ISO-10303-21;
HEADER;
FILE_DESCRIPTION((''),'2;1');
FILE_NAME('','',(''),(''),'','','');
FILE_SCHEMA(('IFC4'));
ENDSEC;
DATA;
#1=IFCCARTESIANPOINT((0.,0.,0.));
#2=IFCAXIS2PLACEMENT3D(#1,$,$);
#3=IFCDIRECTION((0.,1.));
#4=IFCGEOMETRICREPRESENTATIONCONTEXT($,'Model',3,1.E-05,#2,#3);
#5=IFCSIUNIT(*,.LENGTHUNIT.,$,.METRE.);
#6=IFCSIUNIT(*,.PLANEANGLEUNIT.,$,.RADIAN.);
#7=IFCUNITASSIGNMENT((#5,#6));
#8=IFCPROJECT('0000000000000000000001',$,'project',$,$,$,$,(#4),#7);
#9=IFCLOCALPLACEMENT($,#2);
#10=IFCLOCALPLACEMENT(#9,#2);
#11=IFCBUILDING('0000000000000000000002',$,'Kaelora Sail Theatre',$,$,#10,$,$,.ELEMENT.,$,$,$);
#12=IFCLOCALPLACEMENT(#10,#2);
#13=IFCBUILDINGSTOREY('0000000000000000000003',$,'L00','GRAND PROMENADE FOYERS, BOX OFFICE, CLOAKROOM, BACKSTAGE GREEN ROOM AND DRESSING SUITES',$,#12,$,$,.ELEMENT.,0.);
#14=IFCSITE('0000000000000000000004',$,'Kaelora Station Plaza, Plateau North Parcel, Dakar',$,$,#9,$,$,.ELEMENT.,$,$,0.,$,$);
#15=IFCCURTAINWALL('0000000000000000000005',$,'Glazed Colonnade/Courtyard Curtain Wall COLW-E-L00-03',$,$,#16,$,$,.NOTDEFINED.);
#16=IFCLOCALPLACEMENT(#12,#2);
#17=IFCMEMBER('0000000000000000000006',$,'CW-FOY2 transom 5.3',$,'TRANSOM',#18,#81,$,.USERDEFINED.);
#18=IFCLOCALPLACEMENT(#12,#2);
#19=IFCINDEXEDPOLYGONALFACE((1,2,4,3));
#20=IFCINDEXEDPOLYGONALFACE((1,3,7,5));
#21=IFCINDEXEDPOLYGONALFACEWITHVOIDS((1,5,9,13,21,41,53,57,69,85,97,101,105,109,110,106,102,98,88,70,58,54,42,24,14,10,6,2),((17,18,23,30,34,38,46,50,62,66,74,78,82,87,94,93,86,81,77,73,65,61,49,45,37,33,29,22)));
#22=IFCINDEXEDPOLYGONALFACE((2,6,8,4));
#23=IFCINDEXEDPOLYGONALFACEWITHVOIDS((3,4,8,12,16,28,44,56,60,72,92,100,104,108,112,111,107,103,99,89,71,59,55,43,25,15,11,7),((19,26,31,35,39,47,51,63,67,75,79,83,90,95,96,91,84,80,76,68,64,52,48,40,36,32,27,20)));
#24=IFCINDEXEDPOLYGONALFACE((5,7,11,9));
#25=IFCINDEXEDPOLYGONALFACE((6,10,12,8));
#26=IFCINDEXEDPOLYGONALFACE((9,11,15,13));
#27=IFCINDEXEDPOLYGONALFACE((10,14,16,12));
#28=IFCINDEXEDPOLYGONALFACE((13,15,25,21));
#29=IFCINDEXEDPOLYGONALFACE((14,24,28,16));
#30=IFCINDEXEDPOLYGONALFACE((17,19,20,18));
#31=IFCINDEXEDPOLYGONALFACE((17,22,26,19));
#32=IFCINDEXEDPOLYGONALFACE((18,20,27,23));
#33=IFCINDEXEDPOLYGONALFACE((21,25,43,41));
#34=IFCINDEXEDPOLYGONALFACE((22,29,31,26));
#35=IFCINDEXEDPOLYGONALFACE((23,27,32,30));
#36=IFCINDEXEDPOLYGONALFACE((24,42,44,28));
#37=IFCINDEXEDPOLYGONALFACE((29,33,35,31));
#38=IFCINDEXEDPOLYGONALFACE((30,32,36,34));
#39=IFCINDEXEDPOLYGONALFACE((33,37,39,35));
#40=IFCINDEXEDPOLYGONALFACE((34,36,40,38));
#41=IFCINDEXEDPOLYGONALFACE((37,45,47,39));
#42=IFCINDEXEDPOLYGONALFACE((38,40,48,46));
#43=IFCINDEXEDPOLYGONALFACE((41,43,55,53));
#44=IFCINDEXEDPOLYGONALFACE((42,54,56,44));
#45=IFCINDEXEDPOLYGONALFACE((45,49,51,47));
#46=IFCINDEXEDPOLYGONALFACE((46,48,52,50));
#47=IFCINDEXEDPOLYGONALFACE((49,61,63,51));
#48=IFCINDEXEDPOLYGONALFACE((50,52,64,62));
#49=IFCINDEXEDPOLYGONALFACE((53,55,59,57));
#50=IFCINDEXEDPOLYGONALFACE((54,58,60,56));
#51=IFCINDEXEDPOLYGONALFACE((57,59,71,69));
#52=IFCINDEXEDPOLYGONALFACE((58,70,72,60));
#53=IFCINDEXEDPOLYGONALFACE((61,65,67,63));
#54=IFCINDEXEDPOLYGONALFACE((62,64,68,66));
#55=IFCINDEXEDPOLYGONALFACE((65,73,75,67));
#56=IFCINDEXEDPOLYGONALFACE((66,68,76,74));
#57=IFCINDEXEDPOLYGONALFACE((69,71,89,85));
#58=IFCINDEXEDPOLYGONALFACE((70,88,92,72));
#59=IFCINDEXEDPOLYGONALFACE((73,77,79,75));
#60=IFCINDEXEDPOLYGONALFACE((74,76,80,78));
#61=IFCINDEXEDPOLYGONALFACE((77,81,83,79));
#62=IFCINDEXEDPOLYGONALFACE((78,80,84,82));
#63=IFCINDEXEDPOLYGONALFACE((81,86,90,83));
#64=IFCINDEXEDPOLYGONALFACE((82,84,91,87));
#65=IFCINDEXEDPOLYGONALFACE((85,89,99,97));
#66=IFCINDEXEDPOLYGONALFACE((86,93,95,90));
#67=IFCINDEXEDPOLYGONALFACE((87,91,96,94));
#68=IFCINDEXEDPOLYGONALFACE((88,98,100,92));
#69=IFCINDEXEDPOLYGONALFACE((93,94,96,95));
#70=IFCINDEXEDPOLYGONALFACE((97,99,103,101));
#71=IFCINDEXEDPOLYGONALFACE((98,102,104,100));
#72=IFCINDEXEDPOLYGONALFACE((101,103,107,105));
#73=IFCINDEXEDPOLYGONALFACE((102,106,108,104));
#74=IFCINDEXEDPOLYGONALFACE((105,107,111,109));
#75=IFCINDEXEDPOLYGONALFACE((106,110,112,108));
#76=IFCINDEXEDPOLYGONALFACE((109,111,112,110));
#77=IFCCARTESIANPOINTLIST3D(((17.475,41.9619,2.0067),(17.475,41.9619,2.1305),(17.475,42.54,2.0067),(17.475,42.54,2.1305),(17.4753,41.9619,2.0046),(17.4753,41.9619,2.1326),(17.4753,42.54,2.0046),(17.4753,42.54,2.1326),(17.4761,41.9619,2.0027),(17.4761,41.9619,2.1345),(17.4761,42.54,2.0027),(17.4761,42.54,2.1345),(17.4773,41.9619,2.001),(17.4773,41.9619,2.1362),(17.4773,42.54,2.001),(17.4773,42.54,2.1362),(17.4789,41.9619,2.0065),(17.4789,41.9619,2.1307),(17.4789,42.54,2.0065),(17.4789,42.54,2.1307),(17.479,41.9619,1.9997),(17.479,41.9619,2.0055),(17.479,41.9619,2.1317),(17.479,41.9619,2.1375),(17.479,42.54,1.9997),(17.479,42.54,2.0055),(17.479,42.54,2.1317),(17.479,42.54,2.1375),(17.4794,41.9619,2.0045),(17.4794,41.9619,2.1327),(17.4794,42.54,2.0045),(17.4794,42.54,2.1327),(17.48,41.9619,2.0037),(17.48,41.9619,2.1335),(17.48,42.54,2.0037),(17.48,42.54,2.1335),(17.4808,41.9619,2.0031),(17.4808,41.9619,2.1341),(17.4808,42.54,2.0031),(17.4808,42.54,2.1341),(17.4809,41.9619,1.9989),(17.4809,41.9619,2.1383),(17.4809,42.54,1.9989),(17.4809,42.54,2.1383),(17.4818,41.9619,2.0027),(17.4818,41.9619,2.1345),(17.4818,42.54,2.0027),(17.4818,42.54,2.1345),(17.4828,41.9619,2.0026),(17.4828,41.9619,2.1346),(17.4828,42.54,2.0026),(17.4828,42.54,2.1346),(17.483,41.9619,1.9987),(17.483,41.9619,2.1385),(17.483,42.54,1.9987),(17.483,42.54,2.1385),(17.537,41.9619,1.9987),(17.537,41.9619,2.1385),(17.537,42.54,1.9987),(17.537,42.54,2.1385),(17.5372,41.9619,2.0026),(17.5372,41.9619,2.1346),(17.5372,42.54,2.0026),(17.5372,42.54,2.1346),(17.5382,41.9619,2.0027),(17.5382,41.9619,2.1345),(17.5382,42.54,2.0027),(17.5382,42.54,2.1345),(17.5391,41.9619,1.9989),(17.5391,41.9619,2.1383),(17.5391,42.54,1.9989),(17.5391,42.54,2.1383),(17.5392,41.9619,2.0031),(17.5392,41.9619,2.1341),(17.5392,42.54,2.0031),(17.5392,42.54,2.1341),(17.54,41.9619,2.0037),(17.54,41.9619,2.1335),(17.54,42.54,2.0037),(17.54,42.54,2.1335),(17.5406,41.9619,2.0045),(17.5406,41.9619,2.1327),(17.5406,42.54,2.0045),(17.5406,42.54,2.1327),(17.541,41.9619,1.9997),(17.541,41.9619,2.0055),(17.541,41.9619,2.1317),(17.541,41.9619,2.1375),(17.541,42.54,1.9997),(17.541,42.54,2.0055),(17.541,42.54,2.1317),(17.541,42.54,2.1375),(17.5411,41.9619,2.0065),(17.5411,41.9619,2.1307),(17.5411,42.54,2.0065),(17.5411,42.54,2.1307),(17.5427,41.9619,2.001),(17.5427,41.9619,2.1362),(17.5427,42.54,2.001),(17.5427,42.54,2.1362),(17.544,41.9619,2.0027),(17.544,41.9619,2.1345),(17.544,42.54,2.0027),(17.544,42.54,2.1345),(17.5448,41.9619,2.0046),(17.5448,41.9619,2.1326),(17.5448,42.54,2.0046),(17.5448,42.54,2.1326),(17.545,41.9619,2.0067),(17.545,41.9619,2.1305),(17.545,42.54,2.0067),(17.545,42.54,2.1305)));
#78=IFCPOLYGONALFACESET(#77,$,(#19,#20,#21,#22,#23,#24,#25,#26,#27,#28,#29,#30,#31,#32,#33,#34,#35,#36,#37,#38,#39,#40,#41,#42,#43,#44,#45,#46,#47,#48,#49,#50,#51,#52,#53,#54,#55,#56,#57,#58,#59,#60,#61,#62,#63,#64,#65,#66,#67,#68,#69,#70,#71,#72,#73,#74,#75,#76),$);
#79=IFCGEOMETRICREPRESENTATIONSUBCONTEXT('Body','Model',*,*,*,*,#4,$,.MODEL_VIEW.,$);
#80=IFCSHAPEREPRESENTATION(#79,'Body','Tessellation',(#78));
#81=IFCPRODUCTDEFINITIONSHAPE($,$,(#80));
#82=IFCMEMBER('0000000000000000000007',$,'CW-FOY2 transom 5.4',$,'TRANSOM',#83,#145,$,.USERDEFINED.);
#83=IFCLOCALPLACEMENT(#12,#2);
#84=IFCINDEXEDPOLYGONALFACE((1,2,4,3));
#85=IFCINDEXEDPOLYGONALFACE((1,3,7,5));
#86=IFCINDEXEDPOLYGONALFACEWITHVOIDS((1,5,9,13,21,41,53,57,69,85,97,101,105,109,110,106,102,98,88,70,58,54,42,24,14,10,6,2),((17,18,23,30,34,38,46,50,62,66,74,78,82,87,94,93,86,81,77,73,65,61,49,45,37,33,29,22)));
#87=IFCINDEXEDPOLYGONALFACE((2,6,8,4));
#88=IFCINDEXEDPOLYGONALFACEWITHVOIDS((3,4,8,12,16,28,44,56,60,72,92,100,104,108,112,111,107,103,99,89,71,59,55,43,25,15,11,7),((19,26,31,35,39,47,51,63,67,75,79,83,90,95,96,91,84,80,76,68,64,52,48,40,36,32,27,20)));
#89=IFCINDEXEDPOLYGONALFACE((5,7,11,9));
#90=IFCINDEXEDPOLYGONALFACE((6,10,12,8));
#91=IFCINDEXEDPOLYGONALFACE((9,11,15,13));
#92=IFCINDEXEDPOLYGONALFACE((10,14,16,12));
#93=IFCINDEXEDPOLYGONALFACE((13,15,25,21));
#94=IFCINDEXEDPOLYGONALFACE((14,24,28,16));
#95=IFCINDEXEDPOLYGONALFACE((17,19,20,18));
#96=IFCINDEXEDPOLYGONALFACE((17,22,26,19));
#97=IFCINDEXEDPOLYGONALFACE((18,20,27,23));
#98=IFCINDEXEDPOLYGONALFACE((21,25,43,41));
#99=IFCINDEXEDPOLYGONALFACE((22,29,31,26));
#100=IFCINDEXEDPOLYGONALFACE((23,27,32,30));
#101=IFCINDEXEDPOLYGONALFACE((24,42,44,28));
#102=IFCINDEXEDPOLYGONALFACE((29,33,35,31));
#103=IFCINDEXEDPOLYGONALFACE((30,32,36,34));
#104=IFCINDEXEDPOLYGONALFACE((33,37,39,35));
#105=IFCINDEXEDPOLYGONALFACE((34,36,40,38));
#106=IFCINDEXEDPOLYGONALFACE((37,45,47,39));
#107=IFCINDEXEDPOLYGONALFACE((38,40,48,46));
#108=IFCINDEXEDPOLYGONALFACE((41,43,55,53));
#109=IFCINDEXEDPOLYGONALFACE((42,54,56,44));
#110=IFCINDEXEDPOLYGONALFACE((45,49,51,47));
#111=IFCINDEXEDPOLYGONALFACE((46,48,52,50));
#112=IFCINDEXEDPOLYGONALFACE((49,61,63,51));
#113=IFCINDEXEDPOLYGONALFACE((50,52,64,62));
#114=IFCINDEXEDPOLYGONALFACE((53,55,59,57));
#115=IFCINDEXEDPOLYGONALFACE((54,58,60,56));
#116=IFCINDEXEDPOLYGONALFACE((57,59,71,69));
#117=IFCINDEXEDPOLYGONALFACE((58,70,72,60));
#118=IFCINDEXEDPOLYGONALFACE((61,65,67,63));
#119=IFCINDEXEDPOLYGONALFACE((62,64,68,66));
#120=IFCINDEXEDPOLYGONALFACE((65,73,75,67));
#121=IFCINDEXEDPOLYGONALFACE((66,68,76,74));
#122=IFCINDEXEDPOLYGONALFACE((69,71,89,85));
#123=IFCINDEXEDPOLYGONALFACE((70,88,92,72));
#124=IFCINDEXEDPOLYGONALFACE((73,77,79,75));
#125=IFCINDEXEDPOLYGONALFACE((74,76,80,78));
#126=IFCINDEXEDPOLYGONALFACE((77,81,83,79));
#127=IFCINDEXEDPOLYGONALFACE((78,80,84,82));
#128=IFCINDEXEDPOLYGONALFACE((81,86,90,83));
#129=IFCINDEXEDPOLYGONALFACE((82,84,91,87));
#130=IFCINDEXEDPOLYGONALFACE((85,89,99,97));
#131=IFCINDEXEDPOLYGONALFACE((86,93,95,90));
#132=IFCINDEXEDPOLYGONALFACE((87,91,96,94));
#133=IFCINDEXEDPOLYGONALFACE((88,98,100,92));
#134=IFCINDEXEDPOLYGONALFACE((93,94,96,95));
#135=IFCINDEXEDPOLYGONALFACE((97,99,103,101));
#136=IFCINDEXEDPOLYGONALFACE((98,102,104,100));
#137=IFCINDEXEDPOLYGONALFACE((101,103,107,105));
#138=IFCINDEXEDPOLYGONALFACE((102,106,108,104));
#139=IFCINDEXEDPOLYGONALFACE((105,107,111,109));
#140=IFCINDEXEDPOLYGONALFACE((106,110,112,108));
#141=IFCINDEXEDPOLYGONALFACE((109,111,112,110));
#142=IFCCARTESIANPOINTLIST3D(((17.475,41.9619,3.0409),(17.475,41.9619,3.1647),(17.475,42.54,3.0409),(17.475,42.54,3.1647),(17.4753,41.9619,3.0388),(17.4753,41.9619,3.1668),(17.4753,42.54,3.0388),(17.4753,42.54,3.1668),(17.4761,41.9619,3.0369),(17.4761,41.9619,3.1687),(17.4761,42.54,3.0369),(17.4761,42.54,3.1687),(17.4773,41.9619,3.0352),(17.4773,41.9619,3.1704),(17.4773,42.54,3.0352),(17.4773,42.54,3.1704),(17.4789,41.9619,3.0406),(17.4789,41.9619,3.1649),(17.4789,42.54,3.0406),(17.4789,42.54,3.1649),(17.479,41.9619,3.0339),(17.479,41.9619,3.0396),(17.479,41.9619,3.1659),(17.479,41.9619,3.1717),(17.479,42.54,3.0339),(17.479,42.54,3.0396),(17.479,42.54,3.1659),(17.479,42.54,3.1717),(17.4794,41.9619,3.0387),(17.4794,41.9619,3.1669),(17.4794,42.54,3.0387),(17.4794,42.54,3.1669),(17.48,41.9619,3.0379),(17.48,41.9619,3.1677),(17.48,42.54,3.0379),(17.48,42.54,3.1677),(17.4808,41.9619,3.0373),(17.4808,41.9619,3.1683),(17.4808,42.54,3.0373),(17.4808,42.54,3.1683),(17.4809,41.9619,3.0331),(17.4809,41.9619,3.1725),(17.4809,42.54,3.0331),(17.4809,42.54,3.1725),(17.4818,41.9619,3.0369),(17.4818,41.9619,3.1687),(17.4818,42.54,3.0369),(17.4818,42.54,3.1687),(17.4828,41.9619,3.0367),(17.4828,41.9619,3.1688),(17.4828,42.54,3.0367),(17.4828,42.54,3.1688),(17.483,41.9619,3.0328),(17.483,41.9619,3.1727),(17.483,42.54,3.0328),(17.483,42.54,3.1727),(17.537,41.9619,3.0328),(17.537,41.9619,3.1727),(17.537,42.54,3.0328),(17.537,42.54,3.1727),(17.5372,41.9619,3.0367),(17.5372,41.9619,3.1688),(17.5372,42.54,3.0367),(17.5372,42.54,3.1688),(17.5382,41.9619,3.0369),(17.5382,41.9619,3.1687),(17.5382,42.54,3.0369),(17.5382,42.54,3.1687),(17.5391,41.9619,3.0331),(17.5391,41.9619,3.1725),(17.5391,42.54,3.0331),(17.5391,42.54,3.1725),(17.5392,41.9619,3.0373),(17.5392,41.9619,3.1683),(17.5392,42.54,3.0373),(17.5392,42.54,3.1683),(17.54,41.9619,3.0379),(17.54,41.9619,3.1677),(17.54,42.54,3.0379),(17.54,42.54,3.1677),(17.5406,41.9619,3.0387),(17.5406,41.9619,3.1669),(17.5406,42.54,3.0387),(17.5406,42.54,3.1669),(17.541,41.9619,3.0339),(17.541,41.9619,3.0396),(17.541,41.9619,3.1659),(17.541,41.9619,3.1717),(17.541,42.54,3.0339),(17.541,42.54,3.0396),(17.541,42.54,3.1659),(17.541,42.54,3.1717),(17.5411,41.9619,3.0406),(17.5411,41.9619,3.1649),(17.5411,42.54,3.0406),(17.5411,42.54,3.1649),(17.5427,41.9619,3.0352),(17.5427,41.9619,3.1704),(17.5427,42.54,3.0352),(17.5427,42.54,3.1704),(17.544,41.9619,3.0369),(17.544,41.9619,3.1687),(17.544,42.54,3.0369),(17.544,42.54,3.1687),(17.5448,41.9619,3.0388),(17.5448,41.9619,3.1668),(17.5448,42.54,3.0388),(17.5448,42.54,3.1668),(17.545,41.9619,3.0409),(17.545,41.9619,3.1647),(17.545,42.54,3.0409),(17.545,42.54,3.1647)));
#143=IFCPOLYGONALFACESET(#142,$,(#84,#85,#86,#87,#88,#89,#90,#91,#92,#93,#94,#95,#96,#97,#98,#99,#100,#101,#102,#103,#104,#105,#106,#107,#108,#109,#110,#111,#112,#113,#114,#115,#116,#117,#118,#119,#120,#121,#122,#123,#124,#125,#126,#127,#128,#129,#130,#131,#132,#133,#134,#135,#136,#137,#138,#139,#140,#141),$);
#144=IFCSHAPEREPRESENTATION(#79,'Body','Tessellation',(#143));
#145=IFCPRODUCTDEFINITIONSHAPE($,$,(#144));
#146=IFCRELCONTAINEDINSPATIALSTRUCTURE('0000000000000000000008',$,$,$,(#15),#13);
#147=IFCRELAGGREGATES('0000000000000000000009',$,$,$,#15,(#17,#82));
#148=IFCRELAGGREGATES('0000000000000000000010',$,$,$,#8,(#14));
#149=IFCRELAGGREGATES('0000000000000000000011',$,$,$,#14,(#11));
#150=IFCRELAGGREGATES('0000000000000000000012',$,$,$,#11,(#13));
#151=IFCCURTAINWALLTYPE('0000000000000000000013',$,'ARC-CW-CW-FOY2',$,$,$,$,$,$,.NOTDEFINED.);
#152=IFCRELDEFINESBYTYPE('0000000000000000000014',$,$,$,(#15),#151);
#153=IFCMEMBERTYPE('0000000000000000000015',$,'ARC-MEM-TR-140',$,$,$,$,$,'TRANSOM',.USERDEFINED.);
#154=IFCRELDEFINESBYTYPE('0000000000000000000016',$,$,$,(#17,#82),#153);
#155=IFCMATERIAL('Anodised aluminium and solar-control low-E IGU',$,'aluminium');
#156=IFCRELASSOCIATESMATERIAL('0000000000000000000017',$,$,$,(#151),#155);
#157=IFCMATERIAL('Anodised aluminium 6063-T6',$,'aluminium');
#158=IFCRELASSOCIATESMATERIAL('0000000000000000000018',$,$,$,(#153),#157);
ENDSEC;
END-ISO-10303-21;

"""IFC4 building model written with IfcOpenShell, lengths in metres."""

from ifc_helpers import new_model, si_unit, direction, frame, origin, origin_2d, place, context, subcontext, project, spatial, hollow_rectangle, extrude, material, material_profile, profile_set, type_object, element, aggregate, save


model = new_model("IFC4")

# Units and contexts
model_context = context("Model", 3, precision=1e-05, world=origin(), true_north=direction((0.0, 1.0)))
body_context = subcontext(model_context, "Body", "Model", "MODEL_VIEW")
ifc_project = project(units=[si_unit("LENGTHUNIT", "METRE"), si_unit("PLANEANGLEUNIT", "RADIAN")], contexts=[model_context])

# Site, building, storey
site_placement = place(None, origin())
site = spatial("IfcSite", under=ifc_project, at=site_placement, Name="Kaelora Station Plaza, Plateau North Parcel, Dakar", CompositionType="ELEMENT", RefElevation=0.0)
building_placement = place(site_placement, origin())
building = spatial("IfcBuilding", under=site, at=building_placement, Name="Kaelora Sail Theatre", CompositionType="ELEMENT")
storey_placement = place(building_placement, origin())
storey = spatial("IfcBuildingStorey", under=building, at=storey_placement, Name="L00", Description="GRAND PROMENADE FOYERS, BOX OFFICE, CLOAKROOM, BACKSTAGE GREEN ROOM AND DRESSING SUITES", CompositionType="ELEMENT", Elevation=0.0)

# Curtain wall, members
ifc_material_1 = material(Name="Anodised aluminium and solar-control low-E IGU", Category="aluminium")
curtain_wall_type = type_object("IfcCurtainWallType", Name="ARC-CW-CW-FOY2", PredefinedType="NOTDEFINED", material=ifc_material_1)
curtain_wall_1_placement = place(storey_placement, origin())
curtain_wall_1 = element("IfcCurtainWall", 1, at=curtain_wall_1_placement, inside=storey, type_object=curtain_wall_type, Name="Glazed Colonnade/Courtyard Curtain Wall COLW-E-L00-03", PredefinedType="NOTDEFINED")
ifc_material_2 = material(Name="Anodised aluminium 6063-T6", Category="aluminium")
ifc_material_profile = material_profile(ifc_material_2, hollow_rectangle(XDim=0.0701, YDim=0.1399, WallThickness=0.0039, InnerFilletRadius=0.0039, OuterFilletRadius=0.0081, at=origin_2d()), Name="ALU-TRAN 70x140x4")
ifc_profile_set = profile_set([ifc_material_profile], Name="Anodised aluminium 6063-T6")
member_type = type_object("IfcMemberType", Name="ARC-MEM-TR-140", ElementType="TRANSOM", PredefinedType="USERDEFINED", material=ifc_profile_set)
member_1_placement = place(storey_placement, frame((17.51, 41.9619, 2.0686), z_axis=(0.0, 1.0, 0.0), x_axis=(-1.0, 0.0, 0.0)))
member_1 = element("IfcMember", 2, at=member_1_placement, type_object=member_type, Name="CW-FOY2 transom 5.3", ObjectType="TRANSOM", PredefinedType="USERDEFINED", context=body_context, shape_type="SweptSolid", body=[
    extrude(hollow_rectangle(XDim=0.0701, YDim=0.1399, WallThickness=0.0039, InnerFilletRadius=0.0039, OuterFilletRadius=0.0081, at=origin_2d()), origin(), (0.0, 0.0, 1.0), 0.5781),
])
member_2_placement = place(storey_placement, frame((17.51, 41.9619, 3.1028), z_axis=(0.0, 1.0, 0.0), x_axis=(-1.0, 0.0, 0.0)))
member_2 = element("IfcMember", 3, at=member_2_placement, type_object=member_type, Name="CW-FOY2 transom 5.4", ObjectType="TRANSOM", PredefinedType="USERDEFINED", context=body_context, shape_type="SweptSolid", body=[
    extrude(hollow_rectangle(XDim=0.0701, YDim=0.1399, WallThickness=0.0039, InnerFilletRadius=0.0039, OuterFilletRadius=0.0081, at=origin_2d()), origin(), (0.0, 0.0, 1.0), 0.5781),
])

aggregate(curtain_wall_1, [member_1, member_2])

save(model, "model.ifc")
